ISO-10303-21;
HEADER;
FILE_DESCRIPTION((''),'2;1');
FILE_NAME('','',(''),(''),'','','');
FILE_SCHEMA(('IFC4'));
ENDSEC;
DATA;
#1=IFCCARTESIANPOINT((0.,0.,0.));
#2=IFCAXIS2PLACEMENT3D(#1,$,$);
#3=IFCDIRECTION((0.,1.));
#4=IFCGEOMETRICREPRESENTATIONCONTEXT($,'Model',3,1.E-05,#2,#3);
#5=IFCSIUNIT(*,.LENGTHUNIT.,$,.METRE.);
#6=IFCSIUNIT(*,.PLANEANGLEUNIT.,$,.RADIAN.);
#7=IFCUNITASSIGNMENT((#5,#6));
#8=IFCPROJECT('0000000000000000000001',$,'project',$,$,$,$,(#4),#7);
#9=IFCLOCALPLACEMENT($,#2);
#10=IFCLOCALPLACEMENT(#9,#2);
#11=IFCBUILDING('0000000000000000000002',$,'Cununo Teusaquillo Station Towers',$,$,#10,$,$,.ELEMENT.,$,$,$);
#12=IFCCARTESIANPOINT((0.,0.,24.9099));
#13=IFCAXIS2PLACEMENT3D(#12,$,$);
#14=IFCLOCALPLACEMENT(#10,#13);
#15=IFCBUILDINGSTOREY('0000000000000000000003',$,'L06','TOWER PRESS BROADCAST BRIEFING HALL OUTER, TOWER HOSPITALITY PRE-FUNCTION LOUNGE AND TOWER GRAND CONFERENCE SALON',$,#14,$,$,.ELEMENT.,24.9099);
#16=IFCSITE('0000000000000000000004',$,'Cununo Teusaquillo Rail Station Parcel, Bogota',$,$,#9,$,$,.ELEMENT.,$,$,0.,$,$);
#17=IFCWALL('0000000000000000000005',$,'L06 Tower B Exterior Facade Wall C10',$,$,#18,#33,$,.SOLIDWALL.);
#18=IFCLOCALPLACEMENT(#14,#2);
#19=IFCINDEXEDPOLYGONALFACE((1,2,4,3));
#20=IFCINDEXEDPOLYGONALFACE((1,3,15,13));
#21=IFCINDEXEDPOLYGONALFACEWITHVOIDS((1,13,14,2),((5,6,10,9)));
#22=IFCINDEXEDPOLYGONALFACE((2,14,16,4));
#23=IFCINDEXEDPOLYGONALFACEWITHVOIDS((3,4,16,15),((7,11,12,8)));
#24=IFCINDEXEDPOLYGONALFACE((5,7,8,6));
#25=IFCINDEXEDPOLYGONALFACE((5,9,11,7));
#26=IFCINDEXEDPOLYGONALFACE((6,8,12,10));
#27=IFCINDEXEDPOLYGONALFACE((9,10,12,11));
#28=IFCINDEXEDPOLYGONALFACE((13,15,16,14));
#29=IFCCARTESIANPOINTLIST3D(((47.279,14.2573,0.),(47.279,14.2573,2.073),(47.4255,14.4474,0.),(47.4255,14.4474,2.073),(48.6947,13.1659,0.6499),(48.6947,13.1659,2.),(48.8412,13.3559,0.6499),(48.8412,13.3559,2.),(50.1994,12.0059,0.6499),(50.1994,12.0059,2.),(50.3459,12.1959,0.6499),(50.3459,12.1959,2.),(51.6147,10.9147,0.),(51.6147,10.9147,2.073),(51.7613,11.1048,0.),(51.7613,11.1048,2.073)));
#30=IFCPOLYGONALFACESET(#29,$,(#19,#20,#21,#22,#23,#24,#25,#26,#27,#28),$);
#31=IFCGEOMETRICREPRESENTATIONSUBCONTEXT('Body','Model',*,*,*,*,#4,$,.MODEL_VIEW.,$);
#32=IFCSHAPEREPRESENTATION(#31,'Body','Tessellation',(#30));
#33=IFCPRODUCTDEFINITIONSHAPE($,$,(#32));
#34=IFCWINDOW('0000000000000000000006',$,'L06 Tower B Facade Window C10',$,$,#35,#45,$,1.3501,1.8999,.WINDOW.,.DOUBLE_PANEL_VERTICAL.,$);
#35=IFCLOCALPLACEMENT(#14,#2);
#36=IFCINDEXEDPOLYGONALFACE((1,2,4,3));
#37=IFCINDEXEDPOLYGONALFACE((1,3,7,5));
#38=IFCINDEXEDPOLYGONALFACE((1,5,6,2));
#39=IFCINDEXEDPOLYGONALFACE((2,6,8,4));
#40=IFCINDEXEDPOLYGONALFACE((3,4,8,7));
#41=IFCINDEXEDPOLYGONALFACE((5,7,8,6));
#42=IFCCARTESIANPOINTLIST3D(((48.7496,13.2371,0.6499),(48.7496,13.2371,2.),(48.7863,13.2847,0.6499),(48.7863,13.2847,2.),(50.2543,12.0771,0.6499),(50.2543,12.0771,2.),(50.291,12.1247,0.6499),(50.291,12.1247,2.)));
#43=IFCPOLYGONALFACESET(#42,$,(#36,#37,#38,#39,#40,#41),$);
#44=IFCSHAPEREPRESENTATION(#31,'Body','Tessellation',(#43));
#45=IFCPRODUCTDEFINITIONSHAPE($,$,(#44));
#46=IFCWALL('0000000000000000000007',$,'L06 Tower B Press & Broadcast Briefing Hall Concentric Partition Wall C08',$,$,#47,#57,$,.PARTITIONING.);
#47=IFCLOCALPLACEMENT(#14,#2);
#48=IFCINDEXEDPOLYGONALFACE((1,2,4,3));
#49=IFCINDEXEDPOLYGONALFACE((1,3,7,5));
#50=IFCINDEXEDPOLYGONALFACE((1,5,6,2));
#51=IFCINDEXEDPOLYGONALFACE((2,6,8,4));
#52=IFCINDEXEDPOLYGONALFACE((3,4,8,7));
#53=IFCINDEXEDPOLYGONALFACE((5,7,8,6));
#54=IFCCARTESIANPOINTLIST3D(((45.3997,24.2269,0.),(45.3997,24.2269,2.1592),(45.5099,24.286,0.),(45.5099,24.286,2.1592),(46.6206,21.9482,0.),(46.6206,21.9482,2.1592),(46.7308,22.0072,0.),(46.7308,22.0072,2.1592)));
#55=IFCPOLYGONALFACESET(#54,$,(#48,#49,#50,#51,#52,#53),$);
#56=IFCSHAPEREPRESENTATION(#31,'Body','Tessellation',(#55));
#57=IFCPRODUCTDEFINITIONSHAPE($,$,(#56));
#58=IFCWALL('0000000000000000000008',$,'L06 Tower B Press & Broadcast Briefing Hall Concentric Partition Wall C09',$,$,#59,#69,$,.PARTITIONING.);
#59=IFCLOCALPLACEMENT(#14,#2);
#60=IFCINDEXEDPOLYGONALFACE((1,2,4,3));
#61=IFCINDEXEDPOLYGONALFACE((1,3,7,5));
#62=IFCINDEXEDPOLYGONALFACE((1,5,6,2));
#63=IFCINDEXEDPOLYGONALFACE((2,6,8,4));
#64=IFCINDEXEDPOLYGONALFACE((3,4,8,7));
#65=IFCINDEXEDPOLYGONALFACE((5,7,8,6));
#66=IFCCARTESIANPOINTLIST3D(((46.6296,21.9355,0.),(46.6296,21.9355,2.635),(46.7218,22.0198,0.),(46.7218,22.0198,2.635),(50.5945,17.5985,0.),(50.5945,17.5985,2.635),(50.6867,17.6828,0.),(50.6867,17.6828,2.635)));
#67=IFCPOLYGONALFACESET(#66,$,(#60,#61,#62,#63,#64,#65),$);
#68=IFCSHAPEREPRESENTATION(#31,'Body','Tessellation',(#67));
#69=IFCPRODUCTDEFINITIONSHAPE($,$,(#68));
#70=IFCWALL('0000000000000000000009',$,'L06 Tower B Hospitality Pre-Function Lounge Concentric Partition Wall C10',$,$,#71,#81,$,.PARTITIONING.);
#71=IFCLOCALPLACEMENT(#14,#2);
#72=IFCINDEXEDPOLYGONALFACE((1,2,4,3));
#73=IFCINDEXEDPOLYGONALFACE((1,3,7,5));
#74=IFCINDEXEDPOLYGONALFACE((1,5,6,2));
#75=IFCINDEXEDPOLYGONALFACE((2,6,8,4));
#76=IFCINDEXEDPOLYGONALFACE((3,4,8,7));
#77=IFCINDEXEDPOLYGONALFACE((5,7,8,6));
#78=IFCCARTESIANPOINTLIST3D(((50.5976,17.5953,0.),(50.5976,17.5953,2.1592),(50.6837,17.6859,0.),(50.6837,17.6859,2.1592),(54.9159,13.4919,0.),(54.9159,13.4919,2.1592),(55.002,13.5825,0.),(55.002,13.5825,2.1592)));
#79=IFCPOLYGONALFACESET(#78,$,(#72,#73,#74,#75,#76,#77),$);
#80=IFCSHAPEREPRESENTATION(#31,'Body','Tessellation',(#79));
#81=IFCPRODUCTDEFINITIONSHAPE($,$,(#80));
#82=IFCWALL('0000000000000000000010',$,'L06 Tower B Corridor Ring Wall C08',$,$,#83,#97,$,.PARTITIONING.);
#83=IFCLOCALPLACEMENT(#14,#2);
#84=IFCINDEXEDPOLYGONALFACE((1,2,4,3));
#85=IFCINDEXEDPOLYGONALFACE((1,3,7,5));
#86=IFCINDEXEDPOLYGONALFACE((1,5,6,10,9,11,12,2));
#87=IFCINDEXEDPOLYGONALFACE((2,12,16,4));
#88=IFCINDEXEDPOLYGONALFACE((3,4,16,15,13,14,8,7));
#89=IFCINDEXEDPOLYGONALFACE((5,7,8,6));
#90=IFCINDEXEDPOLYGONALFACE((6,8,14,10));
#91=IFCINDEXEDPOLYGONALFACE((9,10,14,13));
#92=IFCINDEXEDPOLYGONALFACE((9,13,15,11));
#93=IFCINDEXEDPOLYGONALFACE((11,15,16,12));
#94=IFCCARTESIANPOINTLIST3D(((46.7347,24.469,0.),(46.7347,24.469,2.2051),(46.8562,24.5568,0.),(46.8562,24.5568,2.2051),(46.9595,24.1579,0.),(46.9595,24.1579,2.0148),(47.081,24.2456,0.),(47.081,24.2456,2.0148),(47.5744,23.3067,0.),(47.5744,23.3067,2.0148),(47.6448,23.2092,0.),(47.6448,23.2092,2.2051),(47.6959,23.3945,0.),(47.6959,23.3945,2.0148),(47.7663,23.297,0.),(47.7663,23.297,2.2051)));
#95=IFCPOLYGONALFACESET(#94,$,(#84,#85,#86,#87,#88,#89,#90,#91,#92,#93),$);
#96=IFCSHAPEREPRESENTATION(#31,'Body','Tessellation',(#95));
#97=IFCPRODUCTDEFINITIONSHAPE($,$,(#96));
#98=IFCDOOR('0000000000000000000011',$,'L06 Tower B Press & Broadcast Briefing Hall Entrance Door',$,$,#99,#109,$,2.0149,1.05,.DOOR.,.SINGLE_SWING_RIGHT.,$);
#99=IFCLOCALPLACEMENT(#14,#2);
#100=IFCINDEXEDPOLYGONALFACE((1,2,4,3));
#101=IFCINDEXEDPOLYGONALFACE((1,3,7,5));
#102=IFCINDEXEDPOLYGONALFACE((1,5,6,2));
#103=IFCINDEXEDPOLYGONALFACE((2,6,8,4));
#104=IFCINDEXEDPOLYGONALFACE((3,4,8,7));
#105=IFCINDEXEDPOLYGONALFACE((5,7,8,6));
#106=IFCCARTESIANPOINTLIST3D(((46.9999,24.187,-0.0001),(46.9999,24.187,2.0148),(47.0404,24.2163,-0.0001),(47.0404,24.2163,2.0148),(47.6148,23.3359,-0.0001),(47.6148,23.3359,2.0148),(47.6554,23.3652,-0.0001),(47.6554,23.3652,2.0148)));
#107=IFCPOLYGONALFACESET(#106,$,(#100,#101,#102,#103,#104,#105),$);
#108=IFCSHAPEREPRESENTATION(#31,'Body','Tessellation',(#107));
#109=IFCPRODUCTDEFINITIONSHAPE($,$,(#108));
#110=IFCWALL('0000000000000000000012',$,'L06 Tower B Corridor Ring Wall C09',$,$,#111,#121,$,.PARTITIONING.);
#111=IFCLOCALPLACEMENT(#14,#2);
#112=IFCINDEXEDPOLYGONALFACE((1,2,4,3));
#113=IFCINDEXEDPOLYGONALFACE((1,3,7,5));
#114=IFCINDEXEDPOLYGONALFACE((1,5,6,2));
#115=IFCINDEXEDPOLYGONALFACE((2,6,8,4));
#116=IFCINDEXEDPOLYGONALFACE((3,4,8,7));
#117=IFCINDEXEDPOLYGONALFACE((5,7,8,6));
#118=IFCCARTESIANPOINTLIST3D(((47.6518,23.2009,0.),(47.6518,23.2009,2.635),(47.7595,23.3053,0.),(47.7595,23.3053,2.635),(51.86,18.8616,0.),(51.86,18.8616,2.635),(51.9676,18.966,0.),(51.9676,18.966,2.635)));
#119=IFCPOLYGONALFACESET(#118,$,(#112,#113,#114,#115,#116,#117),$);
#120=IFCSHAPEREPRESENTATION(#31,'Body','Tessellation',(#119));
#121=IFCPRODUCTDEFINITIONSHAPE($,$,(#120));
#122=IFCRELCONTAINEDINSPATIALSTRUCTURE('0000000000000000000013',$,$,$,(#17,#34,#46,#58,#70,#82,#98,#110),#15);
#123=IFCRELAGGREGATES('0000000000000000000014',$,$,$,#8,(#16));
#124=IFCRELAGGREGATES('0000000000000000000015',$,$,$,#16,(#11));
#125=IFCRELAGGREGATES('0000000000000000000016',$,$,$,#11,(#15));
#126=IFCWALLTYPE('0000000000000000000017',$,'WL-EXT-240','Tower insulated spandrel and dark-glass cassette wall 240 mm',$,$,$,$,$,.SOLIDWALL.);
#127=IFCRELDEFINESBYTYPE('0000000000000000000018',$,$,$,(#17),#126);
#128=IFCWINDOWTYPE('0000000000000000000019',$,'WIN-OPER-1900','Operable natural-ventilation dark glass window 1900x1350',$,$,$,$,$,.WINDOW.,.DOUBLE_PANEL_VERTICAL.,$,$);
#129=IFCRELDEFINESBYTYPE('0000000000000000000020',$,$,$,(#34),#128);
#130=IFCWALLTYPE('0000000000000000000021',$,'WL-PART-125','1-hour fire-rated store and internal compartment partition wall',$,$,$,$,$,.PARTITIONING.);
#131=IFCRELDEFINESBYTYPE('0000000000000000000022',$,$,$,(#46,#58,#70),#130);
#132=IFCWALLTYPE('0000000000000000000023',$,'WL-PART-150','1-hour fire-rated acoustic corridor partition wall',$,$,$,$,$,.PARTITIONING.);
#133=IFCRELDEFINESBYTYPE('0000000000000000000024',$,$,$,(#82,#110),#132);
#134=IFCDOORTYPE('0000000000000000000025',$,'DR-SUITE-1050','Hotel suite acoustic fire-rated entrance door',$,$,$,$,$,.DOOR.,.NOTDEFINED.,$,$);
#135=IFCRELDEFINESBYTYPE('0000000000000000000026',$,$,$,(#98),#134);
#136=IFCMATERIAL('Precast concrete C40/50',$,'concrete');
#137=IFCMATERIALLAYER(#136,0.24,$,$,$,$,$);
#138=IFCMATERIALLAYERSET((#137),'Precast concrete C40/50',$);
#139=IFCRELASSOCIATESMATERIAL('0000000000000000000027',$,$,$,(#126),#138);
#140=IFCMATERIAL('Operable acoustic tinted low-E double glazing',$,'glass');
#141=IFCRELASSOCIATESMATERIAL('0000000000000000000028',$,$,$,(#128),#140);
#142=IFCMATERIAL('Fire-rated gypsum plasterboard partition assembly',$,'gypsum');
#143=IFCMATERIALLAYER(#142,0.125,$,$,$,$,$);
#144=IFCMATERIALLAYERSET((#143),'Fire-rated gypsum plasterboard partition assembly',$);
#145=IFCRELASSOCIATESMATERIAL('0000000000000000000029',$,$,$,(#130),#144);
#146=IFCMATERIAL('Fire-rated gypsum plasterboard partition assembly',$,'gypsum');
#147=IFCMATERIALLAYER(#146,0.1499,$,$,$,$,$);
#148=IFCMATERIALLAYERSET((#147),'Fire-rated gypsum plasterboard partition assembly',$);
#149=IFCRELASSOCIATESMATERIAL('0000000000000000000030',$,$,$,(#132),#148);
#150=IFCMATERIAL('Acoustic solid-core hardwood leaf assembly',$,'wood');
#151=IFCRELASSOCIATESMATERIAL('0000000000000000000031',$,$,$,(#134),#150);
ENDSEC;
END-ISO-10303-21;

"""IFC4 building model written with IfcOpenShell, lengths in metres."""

from ifc_helpers import new_model, si_unit, direction, frame, frame_2d, origin, place, context, subcontext, project, spatial, rectangle, extrude, source, transform, mapped, material, layer, layer_set, type_object, element, fill, save


model = new_model("IFC4")

# Units and contexts
model_context = context("Model", 3, precision=1e-05, world=origin(), true_north=direction((0.0, 1.0)))
body_context = subcontext(model_context, "Body", "Model", "MODEL_VIEW")
ifc_project = project(units=[si_unit("LENGTHUNIT", "METRE"), si_unit("PLANEANGLEUNIT", "RADIAN")], contexts=[model_context])

# Site, building, storey
site_placement = place(None, origin())
site = spatial("IfcSite", under=ifc_project, at=site_placement, Name="Cununo Teusaquillo Rail Station Parcel, Bogota", CompositionType="ELEMENT", RefElevation=0.0)
building_placement = place(site_placement, origin())
building = spatial("IfcBuilding", under=site, at=building_placement, Name="Cununo Teusaquillo Station Towers", CompositionType="ELEMENT")
storey_placement = place(building_placement, frame((0.0, 0.0, 24.9099)))
storey = spatial("IfcBuildingStorey", under=building, at=storey_placement, Name="L06", Description="TOWER PRESS BROADCAST BRIEFING HALL OUTER, TOWER HOSPITALITY PRE-FUNCTION LOUNGE AND TOWER GRAND CONFERENCE SALON", CompositionType="ELEMENT", Elevation=24.9099)

# Shared definitions
ifc_material_1 = material(Name="Precast concrete C40/50", Category="concrete")
ifc_layer_1 = layer(ifc_material_1, 0.24)
ifc_layer_set_1 = layer_set([ifc_layer_1], Name="Precast concrete C40/50")
wall_type_1 = type_object("IfcWallType", Name="WL-EXT-240", Description="Tower insulated spandrel and dark-glass cassette wall 240 mm", PredefinedType="SOLIDWALL", material=ifc_layer_set_1)

# Shared definitions
shared_shape_1 = source(origin(), body_context, "Body", "SweptSolid", [
    extrude(rectangle(XDim=1.8999, YDim=1.3501, at=frame_2d((0.95, 0.675))), frame((0.0, 0.1299, 0.0), z_axis=(0.0, -1.0, 0.0), x_axis=(1.0, 0.0, 0.0)), (0.0, 0.0, 1.0), 0.26),
])
ifc_material_2 = material(Name="Operable acoustic tinted low-E double glazing", Category="glass")
window_type = type_object("IfcWindowType", Name="WIN-OPER-1900", Description="Operable natural-ventilation dark glass window 1900x1350", PartitioningType="DOUBLE_PANEL_VERTICAL", PredefinedType="WINDOW", material=ifc_material_2)
shared_shape_2 = source(origin(), body_context, "Body", "SweptSolid", [
    extrude(rectangle(XDim=1.8999, YDim=1.3501, at=frame_2d((0.95, 0.675))), frame((0.0, 0.03, 0.0), z_axis=(0.0, -1.0, 0.0), x_axis=(1.0, 0.0, 0.0)), (0.0, 0.0, 1.0), 0.0601),
])

# Wall, opening, window
wall_1_placement = place(storey_placement, frame((51.688, 11.0098, 0.0), z_axis=(0.0, 0.0, 1.0), x_axis=(-0.791972, 0.610557, 0.0)))
wall_1 = element("IfcWall", 1, at=wall_1_placement, inside=storey, type_object=wall_type_1, Name="L06 Tower B Exterior Facade Wall C10", PredefinedType="SOLIDWALL", context=body_context, shape_type="SweptSolid", body=[
    extrude(rectangle(XDim=5.4746, YDim=0.24, at=frame_2d((2.7373, 0.0))), origin(), (0.0, 0.0, 1.0), 2.073),
])
opening_1_placement = place(wall_1_placement, frame((1.7871, 0.0, 0.6499)))
opening_1 = element("IfcOpeningElement", 2, at=opening_1_placement, cuts=wall_1, PredefinedType="OPENING", context=body_context, shape_type="MappedRepresentation", body=[
    mapped(shared_shape_1, transform((0.0, 0.0, 0.0), x_axis=(1.0, 0.0, 0.0), y_axis=(0.0, 1.0, 0.0), z_axis=(0.0, 0.0, 1.0), scale=1.0)),
])
window_1_placement = place(opening_1_placement, origin())
window_1 = element("IfcWindow", 3, at=window_1_placement, inside=storey, type_object=window_type, Name="L06 Tower B Facade Window C10", OverallHeight=1.3501, OverallWidth=1.8999, PartitioningType="DOUBLE_PANEL_VERTICAL", PredefinedType="WINDOW", context=body_context, shape_type="MappedRepresentation", body=[
    mapped(shared_shape_2, transform((0.0, 0.0, 0.0), x_axis=(1.0, 0.0, 0.0), y_axis=(0.0, 1.0, 0.0), z_axis=(0.0, 0.0, 1.0), scale=1.0)),
])
fill(opening_1, window_1)

# Walls
ifc_material_3 = material(Name="Fire-rated gypsum plasterboard partition assembly", Category="gypsum")
ifc_layer_2 = layer(ifc_material_3, 0.125)
ifc_layer_set_2 = layer_set([ifc_layer_2], Name="Fire-rated gypsum plasterboard partition assembly")
wall_type_2 = type_object("IfcWallType", Name="WL-PART-125", Description="1-hour fire-rated store and internal compartment partition wall", PredefinedType="PARTITIONING", material=ifc_layer_set_2)
wall_2_placement = place(storey_placement, frame((45.4548, 24.2563, 0.0), z_axis=(0.0, 0.0, 1.0), x_axis=(0.472269, -0.881455, 0.0)))
element("IfcWall", 4, at=wall_2_placement, inside=storey, type_object=wall_type_2, Name="L06 Tower B Press & Broadcast Briefing Hall Concentric Partition Wall C08", PredefinedType="PARTITIONING", context=body_context, shape_type="SweptSolid", body=[
    extrude(rectangle(XDim=2.5852, YDim=0.125, at=frame_2d((1.2925, 0.0))), origin(), (0.0, 0.0, 1.0), 2.1592),
])
wall_3_placement = place(storey_placement, frame((46.6758, 21.9775, 0.0), z_axis=(0.0, 0.0, 1.0), x_axis=(0.674738, -0.738057, 0.0)))
element("IfcWall", 5, at=wall_3_placement, inside=storey, type_object=wall_type_2, Name="L06 Tower B Press & Broadcast Briefing Hall Concentric Partition Wall C09", PredefinedType="PARTITIONING", context=body_context, shape_type="SweptSolid", body=[
    extrude(rectangle(XDim=5.8762, YDim=0.125, at=frame_2d((2.938, 0.0))), origin(), (0.0, 0.0, 1.0), 2.635),
])
wall_4_placement = place(storey_placement, frame((50.6406, 17.6406, 0.0), z_axis=(0.0, 0.0, 1.0), x_axis=(0.724909, -0.688844, 0.0)))
element("IfcWall", 6, at=wall_4_placement, inside=storey, type_object=wall_type_2, Name="L06 Tower B Hospitality Pre-Function Lounge Concentric Partition Wall C10", PredefinedType="PARTITIONING", context=body_context, shape_type="SweptSolid", body=[
    extrude(rectangle(XDim=5.957, YDim=0.125, at=frame_2d((2.9785, 0.0))), origin(), (0.0, 0.0, 1.0), 2.1592),
])

# Wall, opening, door
ifc_material_4 = material(Name="Fire-rated gypsum plasterboard partition assembly", Category="gypsum")
ifc_layer_3 = layer(ifc_material_4, 0.1499)
ifc_layer_set_3 = layer_set([ifc_layer_3], Name="Fire-rated gypsum plasterboard partition assembly")
wall_type_3 = type_object("IfcWallType", Name="WL-PART-150", Description="1-hour fire-rated acoustic corridor partition wall", PredefinedType="PARTITIONING", material=ifc_layer_set_3)
wall_5_placement = place(storey_placement, frame((46.7954, 24.5129, 0.0), z_axis=(0.0, 0.0, 1.0), x_axis=(0.585628, -0.81058, 0.0)))
wall_5 = element("IfcWall", 7, at=wall_5_placement, inside=storey, type_object=wall_type_3, Name="L06 Tower B Corridor Ring Wall C08", PredefinedType="PARTITIONING", context=body_context, shape_type="SweptSolid", body=[
    extrude(rectangle(XDim=1.5542, YDim=0.1499, at=frame_2d((0.7771, 0.0))), origin(), (0.0, 0.0, 1.0), 2.2051),
])
shared_shape_3 = source(origin(), body_context, "Body", "SweptSolid", [
    extrude(rectangle(XDim=1.05, YDim=2.0149, at=frame_2d((0.5249, 1.0073))), frame((0.0, 0.085, 0.0), z_axis=(0.0, -1.0, 0.0), x_axis=(1.0, 0.0, 0.0)), (0.0, 0.0, 1.0), 0.1699),
])
opening_2_placement = place(wall_5_placement, frame((0.384, 0.0, 0.0)))
opening_2 = element("IfcOpeningElement", 8, at=opening_2_placement, cuts=wall_5, PredefinedType="OPENING", context=body_context, shape_type="MappedRepresentation", body=[
    mapped(shared_shape_3, transform((0.0, 0.0, 0.0), x_axis=(1.0, 0.0, 0.0), y_axis=(0.0, 1.0, 0.0), z_axis=(0.0, 0.0, 1.0), scale=1.0)),
])
ifc_material_5 = material(Name="Acoustic solid-core hardwood leaf assembly", Category="wood")
door_type_1 = type_object("IfcDoorType", Name="DR-SUITE-1050", Description="Hotel suite acoustic fire-rated entrance door", OperationType="NOTDEFINED", PredefinedType="DOOR", material=ifc_material_5)
shared_shape_4 = source(origin(), body_context, "Body", "SweptSolid", [
    extrude(rectangle(XDim=1.05, YDim=2.0149, at=frame_2d((0.5249, 1.0073))), frame((0.0, 0.0249, 0.0), z_axis=(0.0, -1.0, 0.0), x_axis=(1.0, 0.0, 0.0)), (0.0, 0.0, 1.0), 0.05),
])
door_1_placement = place(opening_2_placement, origin())
door_1 = element("IfcDoor", 9, at=door_1_placement, inside=storey, type_object=door_type_1, Name="L06 Tower B Press & Broadcast Briefing Hall Entrance Door", OperationType="SINGLE_SWING_RIGHT", OverallHeight=2.0149, OverallWidth=1.05, PredefinedType="DOOR", context=body_context, shape_type="MappedRepresentation", body=[
    mapped(shared_shape_4, transform((0.0, 0.0, 0.0), x_axis=(1.0, 0.0, 0.0), y_axis=(0.0, 1.0, 0.0), z_axis=(0.0, 0.0, 1.0), scale=1.0)),
])
fill(opening_2, door_1)

# Wall
wall_6_placement = place(storey_placement, frame((47.7056, 23.2532, 0.0), z_axis=(0.0, 0.0, 1.0), x_axis=(0.696179, -0.717868, 0.0)))
element("IfcWall", 10, at=wall_6_placement, inside=storey, type_object=wall_type_3, Name="L06 Tower B Corridor Ring Wall C09", PredefinedType="PARTITIONING", context=body_context, shape_type="SweptSolid", body=[
    extrude(rectangle(XDim=6.0447, YDim=0.1499, at=frame_2d((3.0225, 0.0))), origin(), (0.0, 0.0, 1.0), 2.635),
])

save(model, "model.ifc")
